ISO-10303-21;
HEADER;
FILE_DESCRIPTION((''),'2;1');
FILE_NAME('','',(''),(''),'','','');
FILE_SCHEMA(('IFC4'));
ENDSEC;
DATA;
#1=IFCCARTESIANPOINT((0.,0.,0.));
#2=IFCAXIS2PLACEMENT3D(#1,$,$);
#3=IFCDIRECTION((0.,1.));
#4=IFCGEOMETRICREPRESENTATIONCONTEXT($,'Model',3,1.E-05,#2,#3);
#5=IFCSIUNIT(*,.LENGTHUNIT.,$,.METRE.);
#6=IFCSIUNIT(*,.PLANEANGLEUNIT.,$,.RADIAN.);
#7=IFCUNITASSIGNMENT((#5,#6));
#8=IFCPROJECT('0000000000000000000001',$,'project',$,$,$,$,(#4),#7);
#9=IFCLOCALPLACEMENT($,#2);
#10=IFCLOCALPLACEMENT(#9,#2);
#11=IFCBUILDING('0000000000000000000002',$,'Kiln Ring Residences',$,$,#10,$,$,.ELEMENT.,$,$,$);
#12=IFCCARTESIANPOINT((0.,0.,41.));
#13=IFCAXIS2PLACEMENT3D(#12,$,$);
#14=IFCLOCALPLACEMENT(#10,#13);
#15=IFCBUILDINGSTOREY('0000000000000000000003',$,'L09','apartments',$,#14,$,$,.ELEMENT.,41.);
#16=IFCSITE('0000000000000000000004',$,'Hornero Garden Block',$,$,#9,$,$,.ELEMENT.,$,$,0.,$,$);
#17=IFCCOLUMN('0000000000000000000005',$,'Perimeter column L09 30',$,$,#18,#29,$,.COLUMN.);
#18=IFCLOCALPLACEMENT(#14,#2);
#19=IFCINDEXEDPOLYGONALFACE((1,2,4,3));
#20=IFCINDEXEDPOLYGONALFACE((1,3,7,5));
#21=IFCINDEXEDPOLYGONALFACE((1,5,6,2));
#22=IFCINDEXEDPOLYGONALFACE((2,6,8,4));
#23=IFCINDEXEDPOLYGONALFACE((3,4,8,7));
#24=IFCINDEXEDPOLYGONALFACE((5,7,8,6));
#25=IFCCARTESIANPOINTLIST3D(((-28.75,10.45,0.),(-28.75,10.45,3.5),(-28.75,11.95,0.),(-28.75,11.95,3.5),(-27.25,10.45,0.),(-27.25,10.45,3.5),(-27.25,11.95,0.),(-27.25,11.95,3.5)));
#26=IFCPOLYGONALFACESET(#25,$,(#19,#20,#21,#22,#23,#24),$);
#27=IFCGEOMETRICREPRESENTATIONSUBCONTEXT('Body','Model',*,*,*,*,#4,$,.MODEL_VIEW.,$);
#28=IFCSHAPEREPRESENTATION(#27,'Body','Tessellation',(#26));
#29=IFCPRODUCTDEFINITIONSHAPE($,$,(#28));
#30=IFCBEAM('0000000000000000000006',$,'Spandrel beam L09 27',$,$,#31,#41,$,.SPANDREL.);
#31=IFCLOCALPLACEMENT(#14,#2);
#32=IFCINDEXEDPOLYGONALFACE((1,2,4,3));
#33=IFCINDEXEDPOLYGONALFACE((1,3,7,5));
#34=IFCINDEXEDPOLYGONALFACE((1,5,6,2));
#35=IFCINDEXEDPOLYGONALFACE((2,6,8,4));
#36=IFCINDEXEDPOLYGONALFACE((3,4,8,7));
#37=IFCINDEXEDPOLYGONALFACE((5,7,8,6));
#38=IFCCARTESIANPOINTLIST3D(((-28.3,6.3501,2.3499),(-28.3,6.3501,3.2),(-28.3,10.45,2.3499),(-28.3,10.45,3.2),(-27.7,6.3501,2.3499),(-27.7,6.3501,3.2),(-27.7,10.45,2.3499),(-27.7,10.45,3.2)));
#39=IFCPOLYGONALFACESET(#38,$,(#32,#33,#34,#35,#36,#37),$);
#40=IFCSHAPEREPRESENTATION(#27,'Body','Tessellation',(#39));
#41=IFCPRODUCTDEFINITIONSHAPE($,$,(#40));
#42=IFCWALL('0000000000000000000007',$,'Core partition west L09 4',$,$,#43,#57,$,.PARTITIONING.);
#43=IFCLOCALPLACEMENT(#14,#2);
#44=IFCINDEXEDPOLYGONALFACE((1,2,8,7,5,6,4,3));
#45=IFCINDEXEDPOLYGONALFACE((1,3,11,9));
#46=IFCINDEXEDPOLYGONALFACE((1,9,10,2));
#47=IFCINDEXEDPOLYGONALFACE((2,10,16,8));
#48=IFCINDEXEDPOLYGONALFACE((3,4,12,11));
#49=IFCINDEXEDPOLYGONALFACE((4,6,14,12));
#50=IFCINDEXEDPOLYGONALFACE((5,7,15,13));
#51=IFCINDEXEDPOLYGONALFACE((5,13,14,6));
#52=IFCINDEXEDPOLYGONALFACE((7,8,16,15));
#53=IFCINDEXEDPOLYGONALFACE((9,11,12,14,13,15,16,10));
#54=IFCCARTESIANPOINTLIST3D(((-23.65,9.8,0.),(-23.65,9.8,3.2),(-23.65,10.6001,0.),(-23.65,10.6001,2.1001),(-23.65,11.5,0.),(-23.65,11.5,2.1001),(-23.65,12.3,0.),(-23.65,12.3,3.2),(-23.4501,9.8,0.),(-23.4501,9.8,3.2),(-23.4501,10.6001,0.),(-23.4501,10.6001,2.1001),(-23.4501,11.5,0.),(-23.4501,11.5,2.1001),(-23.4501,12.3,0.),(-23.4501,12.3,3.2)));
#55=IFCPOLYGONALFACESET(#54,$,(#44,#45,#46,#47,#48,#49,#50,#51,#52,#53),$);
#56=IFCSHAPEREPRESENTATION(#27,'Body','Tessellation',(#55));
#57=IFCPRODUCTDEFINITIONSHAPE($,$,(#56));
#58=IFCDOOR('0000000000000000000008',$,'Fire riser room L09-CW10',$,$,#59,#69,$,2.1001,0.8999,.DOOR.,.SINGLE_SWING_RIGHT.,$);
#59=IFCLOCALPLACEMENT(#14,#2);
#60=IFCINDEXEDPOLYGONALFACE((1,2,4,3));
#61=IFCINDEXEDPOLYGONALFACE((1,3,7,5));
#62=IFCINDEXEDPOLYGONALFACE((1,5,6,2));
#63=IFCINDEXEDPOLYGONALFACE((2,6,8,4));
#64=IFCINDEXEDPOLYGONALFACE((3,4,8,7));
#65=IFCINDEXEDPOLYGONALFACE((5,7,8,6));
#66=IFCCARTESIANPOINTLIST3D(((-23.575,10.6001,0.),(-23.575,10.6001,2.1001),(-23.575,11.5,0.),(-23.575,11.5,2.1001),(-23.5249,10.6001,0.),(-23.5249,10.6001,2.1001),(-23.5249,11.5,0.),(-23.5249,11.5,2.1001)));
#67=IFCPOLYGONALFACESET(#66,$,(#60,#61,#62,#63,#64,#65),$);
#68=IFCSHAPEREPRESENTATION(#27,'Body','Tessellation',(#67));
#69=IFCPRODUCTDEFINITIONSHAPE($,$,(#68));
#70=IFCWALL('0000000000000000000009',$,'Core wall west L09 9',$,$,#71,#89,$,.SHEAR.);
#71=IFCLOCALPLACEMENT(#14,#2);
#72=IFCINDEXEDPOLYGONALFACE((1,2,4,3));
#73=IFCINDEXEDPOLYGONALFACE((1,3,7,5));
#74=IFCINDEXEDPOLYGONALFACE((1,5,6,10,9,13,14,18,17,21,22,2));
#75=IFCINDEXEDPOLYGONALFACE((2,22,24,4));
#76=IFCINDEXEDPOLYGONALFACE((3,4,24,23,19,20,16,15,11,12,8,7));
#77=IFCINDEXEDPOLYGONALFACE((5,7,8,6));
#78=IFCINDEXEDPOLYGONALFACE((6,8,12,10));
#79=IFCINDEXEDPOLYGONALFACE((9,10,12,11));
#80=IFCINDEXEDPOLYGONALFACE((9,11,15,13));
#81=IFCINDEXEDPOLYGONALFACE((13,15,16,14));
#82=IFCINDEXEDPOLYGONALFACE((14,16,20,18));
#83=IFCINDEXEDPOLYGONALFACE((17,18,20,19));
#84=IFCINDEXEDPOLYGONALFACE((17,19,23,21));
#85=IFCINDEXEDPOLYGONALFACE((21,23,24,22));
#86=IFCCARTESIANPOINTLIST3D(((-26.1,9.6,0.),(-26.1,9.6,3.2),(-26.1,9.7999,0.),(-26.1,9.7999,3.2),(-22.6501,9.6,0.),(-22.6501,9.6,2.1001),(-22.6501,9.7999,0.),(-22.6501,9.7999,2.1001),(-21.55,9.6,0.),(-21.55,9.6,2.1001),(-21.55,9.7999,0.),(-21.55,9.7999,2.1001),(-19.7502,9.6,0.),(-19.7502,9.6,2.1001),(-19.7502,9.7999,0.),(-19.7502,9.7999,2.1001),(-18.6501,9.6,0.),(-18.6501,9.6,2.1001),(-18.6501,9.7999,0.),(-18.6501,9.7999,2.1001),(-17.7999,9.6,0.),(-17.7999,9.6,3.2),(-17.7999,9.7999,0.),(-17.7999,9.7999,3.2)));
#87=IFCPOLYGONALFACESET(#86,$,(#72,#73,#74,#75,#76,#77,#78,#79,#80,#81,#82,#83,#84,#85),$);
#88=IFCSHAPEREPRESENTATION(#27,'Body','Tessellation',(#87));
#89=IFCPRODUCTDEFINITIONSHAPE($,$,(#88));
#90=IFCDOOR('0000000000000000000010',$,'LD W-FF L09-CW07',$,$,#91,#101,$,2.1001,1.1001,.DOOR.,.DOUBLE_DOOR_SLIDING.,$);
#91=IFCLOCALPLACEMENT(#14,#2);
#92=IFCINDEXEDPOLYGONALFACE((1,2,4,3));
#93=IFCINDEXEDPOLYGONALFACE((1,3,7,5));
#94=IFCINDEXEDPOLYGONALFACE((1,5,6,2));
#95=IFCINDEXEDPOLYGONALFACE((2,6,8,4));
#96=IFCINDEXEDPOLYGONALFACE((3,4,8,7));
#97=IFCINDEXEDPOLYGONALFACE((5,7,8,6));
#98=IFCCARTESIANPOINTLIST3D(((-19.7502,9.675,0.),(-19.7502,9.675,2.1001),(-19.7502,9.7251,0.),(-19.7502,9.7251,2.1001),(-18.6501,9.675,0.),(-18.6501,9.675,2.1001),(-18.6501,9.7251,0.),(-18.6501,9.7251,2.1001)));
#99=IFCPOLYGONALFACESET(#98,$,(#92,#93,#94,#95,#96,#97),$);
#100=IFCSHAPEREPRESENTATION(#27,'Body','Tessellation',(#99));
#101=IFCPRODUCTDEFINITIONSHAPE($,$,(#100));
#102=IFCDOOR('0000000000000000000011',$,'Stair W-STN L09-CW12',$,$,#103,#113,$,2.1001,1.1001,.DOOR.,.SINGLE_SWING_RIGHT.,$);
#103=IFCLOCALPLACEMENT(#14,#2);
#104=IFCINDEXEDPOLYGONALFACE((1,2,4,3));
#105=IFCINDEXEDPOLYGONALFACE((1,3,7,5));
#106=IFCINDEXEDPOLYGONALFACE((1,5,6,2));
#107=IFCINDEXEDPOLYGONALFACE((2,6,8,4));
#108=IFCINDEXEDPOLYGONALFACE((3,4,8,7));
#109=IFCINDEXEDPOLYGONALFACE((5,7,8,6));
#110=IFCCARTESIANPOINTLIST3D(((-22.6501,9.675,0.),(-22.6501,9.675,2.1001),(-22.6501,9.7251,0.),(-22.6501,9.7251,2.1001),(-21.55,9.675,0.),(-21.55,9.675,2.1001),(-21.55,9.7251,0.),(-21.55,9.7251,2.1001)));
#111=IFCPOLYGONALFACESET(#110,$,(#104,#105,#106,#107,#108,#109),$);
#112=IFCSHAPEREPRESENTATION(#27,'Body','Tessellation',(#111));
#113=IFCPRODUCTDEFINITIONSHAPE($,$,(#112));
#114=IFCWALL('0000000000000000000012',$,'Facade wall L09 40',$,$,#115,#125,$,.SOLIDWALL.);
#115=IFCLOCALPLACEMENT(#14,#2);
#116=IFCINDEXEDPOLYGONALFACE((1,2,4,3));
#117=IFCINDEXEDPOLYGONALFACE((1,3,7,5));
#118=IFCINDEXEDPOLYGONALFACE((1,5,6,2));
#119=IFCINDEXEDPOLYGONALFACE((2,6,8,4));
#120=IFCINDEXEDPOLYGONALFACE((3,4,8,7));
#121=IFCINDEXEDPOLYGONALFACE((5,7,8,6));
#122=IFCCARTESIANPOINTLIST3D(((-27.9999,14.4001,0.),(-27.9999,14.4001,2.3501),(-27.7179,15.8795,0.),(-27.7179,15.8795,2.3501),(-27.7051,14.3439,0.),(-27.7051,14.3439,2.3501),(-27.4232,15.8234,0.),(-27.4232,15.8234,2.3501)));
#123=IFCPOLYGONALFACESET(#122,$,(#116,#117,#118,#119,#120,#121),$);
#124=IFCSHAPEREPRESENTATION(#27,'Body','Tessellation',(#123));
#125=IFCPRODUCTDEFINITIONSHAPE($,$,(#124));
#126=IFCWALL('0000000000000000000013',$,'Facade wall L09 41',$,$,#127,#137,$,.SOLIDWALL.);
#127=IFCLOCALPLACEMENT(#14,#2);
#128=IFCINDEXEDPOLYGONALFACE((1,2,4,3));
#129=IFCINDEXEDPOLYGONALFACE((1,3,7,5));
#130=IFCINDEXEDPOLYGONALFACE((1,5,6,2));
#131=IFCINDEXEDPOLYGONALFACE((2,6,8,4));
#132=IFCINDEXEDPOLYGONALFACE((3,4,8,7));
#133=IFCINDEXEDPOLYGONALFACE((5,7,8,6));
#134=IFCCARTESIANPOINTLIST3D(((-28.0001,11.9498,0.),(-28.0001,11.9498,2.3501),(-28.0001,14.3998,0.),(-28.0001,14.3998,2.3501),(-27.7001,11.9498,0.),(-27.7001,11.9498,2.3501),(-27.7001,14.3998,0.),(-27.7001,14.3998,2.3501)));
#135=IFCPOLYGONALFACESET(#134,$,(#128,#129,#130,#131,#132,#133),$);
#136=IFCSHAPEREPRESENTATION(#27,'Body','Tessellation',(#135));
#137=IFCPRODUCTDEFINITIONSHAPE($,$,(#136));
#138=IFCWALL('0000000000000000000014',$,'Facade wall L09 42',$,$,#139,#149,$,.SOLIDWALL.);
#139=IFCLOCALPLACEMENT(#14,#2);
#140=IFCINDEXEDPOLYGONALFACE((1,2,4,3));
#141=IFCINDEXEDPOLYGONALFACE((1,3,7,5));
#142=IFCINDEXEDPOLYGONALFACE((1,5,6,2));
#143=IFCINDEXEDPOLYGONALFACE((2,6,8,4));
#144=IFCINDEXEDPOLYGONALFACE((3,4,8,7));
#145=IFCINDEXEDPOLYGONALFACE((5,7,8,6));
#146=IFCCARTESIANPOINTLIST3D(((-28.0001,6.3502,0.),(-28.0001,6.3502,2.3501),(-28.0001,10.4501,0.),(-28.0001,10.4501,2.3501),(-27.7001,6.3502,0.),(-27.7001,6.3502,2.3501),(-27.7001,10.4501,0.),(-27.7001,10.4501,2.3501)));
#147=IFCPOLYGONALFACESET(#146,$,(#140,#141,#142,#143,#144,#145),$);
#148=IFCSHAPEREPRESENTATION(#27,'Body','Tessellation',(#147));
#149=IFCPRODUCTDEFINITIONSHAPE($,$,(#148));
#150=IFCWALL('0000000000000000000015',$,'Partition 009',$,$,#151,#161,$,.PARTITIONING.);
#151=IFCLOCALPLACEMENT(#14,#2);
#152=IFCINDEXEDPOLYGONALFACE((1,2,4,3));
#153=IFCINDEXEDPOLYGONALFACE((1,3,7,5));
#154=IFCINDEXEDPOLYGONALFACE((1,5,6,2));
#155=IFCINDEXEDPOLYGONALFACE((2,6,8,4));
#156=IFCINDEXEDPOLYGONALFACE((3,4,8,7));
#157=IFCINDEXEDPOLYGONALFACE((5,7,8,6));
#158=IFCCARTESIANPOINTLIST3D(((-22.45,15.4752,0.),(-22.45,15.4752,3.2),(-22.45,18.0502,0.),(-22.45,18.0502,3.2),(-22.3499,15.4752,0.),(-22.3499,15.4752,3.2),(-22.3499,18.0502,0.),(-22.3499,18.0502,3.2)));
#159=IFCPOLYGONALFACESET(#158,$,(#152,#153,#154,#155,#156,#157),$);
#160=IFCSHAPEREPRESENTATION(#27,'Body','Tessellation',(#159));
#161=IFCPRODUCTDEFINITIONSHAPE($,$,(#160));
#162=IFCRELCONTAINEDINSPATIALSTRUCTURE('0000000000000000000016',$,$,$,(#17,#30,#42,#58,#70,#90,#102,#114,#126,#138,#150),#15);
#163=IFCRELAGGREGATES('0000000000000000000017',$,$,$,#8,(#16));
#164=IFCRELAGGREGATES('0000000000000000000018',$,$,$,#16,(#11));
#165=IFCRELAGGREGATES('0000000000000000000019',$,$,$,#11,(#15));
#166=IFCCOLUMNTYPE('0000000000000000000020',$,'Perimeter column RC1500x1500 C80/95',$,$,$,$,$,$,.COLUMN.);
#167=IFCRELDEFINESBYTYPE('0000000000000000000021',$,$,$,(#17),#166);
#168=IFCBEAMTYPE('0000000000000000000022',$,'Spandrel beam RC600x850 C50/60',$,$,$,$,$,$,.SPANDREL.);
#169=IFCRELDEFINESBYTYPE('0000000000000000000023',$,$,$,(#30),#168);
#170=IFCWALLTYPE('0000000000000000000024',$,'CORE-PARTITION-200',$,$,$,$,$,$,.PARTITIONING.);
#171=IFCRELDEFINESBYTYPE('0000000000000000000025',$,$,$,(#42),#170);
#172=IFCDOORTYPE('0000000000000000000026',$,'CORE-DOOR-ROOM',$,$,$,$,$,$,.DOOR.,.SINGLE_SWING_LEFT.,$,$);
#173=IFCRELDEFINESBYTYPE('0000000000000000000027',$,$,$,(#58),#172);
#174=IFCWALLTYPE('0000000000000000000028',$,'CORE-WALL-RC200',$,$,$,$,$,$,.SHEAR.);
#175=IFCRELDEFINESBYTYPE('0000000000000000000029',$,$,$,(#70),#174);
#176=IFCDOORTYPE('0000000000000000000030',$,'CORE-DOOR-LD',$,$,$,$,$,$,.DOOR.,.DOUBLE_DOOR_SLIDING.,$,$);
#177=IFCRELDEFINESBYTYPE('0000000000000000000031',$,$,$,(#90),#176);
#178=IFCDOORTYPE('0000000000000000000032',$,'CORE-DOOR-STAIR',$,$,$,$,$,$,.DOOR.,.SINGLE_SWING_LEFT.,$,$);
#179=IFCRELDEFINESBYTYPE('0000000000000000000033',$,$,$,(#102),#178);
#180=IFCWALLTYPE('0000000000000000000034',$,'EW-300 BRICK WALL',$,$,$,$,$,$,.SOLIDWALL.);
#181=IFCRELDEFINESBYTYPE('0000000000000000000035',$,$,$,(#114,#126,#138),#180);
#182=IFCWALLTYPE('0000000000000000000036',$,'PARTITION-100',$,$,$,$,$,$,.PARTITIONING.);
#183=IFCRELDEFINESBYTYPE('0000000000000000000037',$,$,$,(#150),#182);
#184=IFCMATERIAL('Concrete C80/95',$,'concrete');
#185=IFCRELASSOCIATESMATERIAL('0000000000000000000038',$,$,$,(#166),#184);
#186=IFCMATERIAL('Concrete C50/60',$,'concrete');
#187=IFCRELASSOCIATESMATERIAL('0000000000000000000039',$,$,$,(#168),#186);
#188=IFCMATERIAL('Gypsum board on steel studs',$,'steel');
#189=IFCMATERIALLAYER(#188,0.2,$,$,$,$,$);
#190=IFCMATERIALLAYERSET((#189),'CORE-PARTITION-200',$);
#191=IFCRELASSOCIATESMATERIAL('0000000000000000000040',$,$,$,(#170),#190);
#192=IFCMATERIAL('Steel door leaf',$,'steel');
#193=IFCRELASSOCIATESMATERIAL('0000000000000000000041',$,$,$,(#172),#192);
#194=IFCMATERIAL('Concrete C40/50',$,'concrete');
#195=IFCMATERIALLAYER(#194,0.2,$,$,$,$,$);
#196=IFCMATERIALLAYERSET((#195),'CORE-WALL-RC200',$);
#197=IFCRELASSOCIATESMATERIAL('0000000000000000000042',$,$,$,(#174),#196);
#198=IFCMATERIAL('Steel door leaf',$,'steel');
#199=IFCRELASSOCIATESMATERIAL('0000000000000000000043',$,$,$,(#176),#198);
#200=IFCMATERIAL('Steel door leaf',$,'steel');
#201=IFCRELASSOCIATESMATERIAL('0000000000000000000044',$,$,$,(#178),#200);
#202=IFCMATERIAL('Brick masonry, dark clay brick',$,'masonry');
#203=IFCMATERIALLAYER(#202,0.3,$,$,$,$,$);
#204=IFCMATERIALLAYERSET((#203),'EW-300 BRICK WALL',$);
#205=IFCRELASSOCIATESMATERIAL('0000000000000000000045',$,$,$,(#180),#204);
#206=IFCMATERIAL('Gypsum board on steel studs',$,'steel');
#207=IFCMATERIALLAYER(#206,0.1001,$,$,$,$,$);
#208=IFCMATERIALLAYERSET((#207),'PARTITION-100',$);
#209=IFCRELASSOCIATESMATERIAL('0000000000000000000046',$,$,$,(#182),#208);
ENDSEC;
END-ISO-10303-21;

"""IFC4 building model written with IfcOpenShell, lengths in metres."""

from ifc_helpers import new_model, si_unit, direction, frame, frame_2d, origin, origin_2d, place, context, subcontext, project, spatial, rectangle, extrude, material, layer, layer_set, material_profile, profile_set, type_object, element, fill, save


model = new_model("IFC4")

# Units and contexts
model_context = context("Model", 3, precision=1e-05, world=origin(), true_north=direction((0.0, 1.0)))
body_context = subcontext(model_context, "Body", "Model", "MODEL_VIEW")
ifc_project = project(units=[si_unit("LENGTHUNIT", "METRE"), si_unit("PLANEANGLEUNIT", "RADIAN")], contexts=[model_context])

# Site, building, storey
site_placement = place(None, origin())
site = spatial("IfcSite", under=ifc_project, at=site_placement, Name="Hornero Garden Block", CompositionType="ELEMENT", RefElevation=0.0)
building_placement = place(site_placement, origin())
building = spatial("IfcBuilding", under=site, at=building_placement, Name="Kiln Ring Residences", CompositionType="ELEMENT")
storey_placement = place(building_placement, frame((0.0, 0.0, 41.0)))
storey = spatial("IfcBuildingStorey", under=building, at=storey_placement, Name="L09", Description="apartments", CompositionType="ELEMENT", Elevation=41.0)

# Column
ifc_material_1 = material(Name="Concrete C80/95", Category="concrete")
ifc_material_profile_1 = material_profile(ifc_material_1, rectangle(XDim=1.5, YDim=1.5, at=origin_2d()), Name="RC1500x1500")
ifc_profile_set_1 = profile_set([ifc_material_profile_1], Name="Concrete C80/95")
column_type = type_object("IfcColumnType", Name="Perimeter column RC1500x1500 C80/95", PredefinedType="COLUMN", material=ifc_profile_set_1)
column_placement = place(storey_placement, frame((-28.0, 11.2, 0.0), z_axis=(0.0, 0.0, 1.0), x_axis=(1.0, 0.0, 0.0)))
element("IfcColumn", 1, at=column_placement, inside=storey, type_object=column_type, Name="Perimeter column L09 30", PredefinedType="COLUMN", context=body_context, shape_type="SweptSolid", body=[
    extrude(rectangle(XDim=1.5, YDim=1.5, at=origin_2d()), origin(), (0.0, 0.0, 1.0), 3.5),
])

# Beam
ifc_material_2 = material(Name="Concrete C50/60", Category="concrete")
ifc_material_profile_2 = material_profile(ifc_material_2, rectangle(XDim=0.6001, YDim=0.8501, at=origin_2d()), Name="RC600x850")
ifc_profile_set_2 = profile_set([ifc_material_profile_2], Name="Concrete C50/60")
beam_type = type_object("IfcBeamType", Name="Spandrel beam RC600x850 C50/60", PredefinedType="SPANDREL", material=ifc_profile_set_2)
beam_placement = place(storey_placement, frame((-28.0, 10.45, 2.7749), z_axis=(0.0, -1.0, 0.0), x_axis=(1.0, 0.0, 0.0)))
element("IfcBeam", 2, at=beam_placement, inside=storey, type_object=beam_type, Name="Spandrel beam L09 27", PredefinedType="SPANDREL", context=body_context, shape_type="SweptSolid", body=[
    extrude(rectangle(XDim=0.6001, YDim=0.8501, at=origin_2d()), origin(), (0.0, 0.0, 1.0), 4.0999),
])

# Wall, opening, door
ifc_material_3 = material(Name="Gypsum board on steel studs", Category="steel")
ifc_layer_1 = layer(ifc_material_3, 0.2)
ifc_layer_set_1 = layer_set([ifc_layer_1], Name="CORE-PARTITION-200")
wall_type_1 = type_object("IfcWallType", Name="CORE-PARTITION-200", PredefinedType="PARTITIONING", material=ifc_layer_set_1)
wall_1_placement = place(storey_placement, frame((-23.55, 9.8, 0.0), z_axis=(0.0, 0.0, 1.0), x_axis=(0.0, 1.0, 0.0)))
wall_1 = element("IfcWall", 3, at=wall_1_placement, inside=storey, type_object=wall_type_1, Name="Core partition west L09 4", PredefinedType="PARTITIONING", context=body_context, shape_type="SweptSolid", body=[
    extrude(rectangle(XDim=2.5, YDim=0.2, at=frame_2d((1.25, 0.0))), origin(), (0.0, 0.0, 1.0), 3.2),
])
opening_1_placement = place(wall_1_placement, frame((0.8, 0.0, 0.0)))
opening_1 = element("IfcOpeningElement", 4, at=opening_1_placement, cuts=wall_1, PredefinedType="OPENING", context=body_context, shape_type="SweptSolid", body=[
    extrude(rectangle(XDim=0.8999, YDim=2.1001, at=frame_2d((0.45, 1.05))), frame((0.0, 0.1099, 0.0), z_axis=(0.0, -1.0, 0.0), x_axis=(1.0, 0.0, 0.0)), (0.0, 0.0, 1.0), 0.22),
])
ifc_material_4 = material(Name="Steel door leaf", Category="steel")
door_type_1 = type_object("IfcDoorType", Name="CORE-DOOR-ROOM", OperationType="SINGLE_SWING_LEFT", PredefinedType="DOOR", material=ifc_material_4)
door_1_placement = place(opening_1_placement, origin())
door_1 = element("IfcDoor", 5, at=door_1_placement, inside=storey, type_object=door_type_1, Name="Fire riser room L09-CW10", OperationType="SINGLE_SWING_RIGHT", OverallHeight=2.1001, OverallWidth=0.8999, PredefinedType="DOOR", context=body_context, shape_type="SweptSolid", body=[
    extrude(rectangle(XDim=0.8999, YDim=2.1001, at=frame_2d((0.45, 1.05))), frame((0.0, 0.0249, 0.0), z_axis=(0.0, -1.0, 0.0), x_axis=(1.0, 0.0, 0.0)), (0.0, 0.0, 1.0), 0.05),
])
fill(opening_1, door_1)

# Wall, openings, doors
ifc_material_5 = material(Name="Concrete C40/50", Category="concrete")
ifc_layer_2 = layer(ifc_material_5, 0.2)
ifc_layer_set_2 = layer_set([ifc_layer_2], Name="CORE-WALL-RC200")
wall_type_2 = type_object("IfcWallType", Name="CORE-WALL-RC200", PredefinedType="SHEAR", material=ifc_layer_set_2)
wall_2_placement = place(storey_placement, frame((-17.8, 9.7, 0.0), z_axis=(0.0, 0.0, 1.0), x_axis=(-1.0, 0.0, 0.0)))
wall_2 = element("IfcWall", 6, at=wall_2_placement, inside=storey, type_object=wall_type_2, Name="Core wall west L09 9", PredefinedType="SHEAR", context=body_context, shape_type="SweptSolid", body=[
    extrude(rectangle(XDim=8.3, YDim=0.2, at=frame_2d((4.1499, 0.0))), origin(), (0.0, 0.0, 1.0), 3.2),
])
opening_2_placement = place(wall_2_placement, frame((0.8501, 0.0, 0.0)))
opening_2 = element("IfcOpeningElement", 7, at=opening_2_placement, cuts=wall_2, PredefinedType="OPENING", context=body_context, shape_type="SweptSolid", body=[
    extrude(rectangle(XDim=1.1001, YDim=2.1001, at=frame_2d((0.55, 1.05))), frame((0.0, 0.1099, 0.0), z_axis=(0.0, -1.0, 0.0), x_axis=(1.0, 0.0, 0.0)), (0.0, 0.0, 1.0), 0.22),
])
opening_3_placement = place(wall_2_placement, frame((3.75, 0.0, 0.0)))
opening_3 = element("IfcOpeningElement", 8, at=opening_3_placement, cuts=wall_2, PredefinedType="OPENING", context=body_context, shape_type="SweptSolid", body=[
    extrude(rectangle(XDim=1.1001, YDim=2.1001, at=frame_2d((0.55, 1.05))), frame((0.0, 0.1099, 0.0), z_axis=(0.0, -1.0, 0.0), x_axis=(1.0, 0.0, 0.0)), (0.0, 0.0, 1.0), 0.22),
])
ifc_material_6 = material(Name="Steel door leaf", Category="steel")
door_type_2 = type_object("IfcDoorType", Name="CORE-DOOR-LD", OperationType="DOUBLE_DOOR_SLIDING", PredefinedType="DOOR", material=ifc_material_6)
door_2_placement = place(opening_2_placement, origin())
door_2 = element("IfcDoor", 9, at=door_2_placement, inside=storey, type_object=door_type_2, Name="LD W-FF L09-CW07", OperationType="DOUBLE_DOOR_SLIDING", OverallHeight=2.1001, OverallWidth=1.1001, PredefinedType="DOOR", context=body_context, shape_type="SweptSolid", body=[
    extrude(rectangle(XDim=1.1001, YDim=2.1001, at=frame_2d((0.55, 1.05))), frame((0.0, 0.0249, 0.0), z_axis=(0.0, -1.0, 0.0), x_axis=(1.0, 0.0, 0.0)), (0.0, 0.0, 1.0), 0.05),
])
fill(opening_2, door_2)
ifc_material_7 = material(Name="Steel door leaf", Category="steel")
door_type_3 = type_object("IfcDoorType", Name="CORE-DOOR-STAIR", OperationType="SINGLE_SWING_LEFT", PredefinedType="DOOR", material=ifc_material_7)
door_3_placement = place(opening_3_placement, origin())
door_3 = element("IfcDoor", 10, at=door_3_placement, inside=storey, type_object=door_type_3, Name="Stair W-STN L09-CW12", OperationType="SINGLE_SWING_RIGHT", OverallHeight=2.1001, OverallWidth=1.1001, PredefinedType="DOOR", context=body_context, shape_type="SweptSolid", body=[
    extrude(rectangle(XDim=1.1001, YDim=2.1001, at=frame_2d((0.55, 1.05))), frame((0.0, 0.0249, 0.0), z_axis=(0.0, -1.0, 0.0), x_axis=(1.0, 0.0, 0.0)), (0.0, 0.0, 1.0), 0.05),
])
fill(opening_3, door_3)

# Walls
ifc_material_8 = material(Name="Brick masonry, dark clay brick", Category="masonry")
ifc_layer_3 = layer(ifc_material_8, 0.3)
ifc_layer_set_3 = layer_set([ifc_layer_3], Name="EW-300 BRICK WALL")
wall_type_3 = type_object("IfcWallType", Name="EW-300 BRICK WALL", PredefinedType="SOLIDWALL", material=ifc_layer_set_3)
wall_3_placement = place(storey_placement, frame((-27.5706, 15.8513, 0.0), z_axis=(0.0, 0.0, 1.0), x_axis=(-0.187224, -0.982317, 0.0)))
element("IfcWall", 11, at=wall_3_placement, inside=storey, type_object=wall_type_3, Name="Facade wall L09 40", PredefinedType="SOLIDWALL", context=body_context, shape_type="SweptSolid", body=[
    extrude(rectangle(XDim=1.5061, YDim=0.3, at=frame_2d((0.7529, 0.0))), origin(), (0.0, 0.0, 1.0), 2.3501),
])
wall_4_placement = place(storey_placement, frame((-27.8501, 14.3999, 0.0), z_axis=(0.0, 0.0, 1.0), x_axis=(0.0, -1.0, 0.0)))
element("IfcWall", 12, at=wall_4_placement, inside=storey, type_object=wall_type_3, Name="Facade wall L09 41", PredefinedType="SOLIDWALL", context=body_context, shape_type="SweptSolid", body=[
    extrude(rectangle(XDim=2.45, YDim=0.3, at=frame_2d((1.2251, 0.0))), origin(), (0.0, 0.0, 1.0), 2.3501),
])
wall_5_placement = place(storey_placement, frame((-27.8501, 10.45, 0.0), z_axis=(0.0, 0.0, 1.0), x_axis=(0.0, -1.0, 0.0)))
element("IfcWall", 13, at=wall_5_placement, inside=storey, type_object=wall_type_3, Name="Facade wall L09 42", PredefinedType="SOLIDWALL", context=body_context, shape_type="SweptSolid", body=[
    extrude(rectangle(XDim=4.0999, YDim=0.3, at=frame_2d((2.0498, 0.0))), origin(), (0.0, 0.0, 1.0), 2.3501),
])
ifc_material_9 = material(Name="Gypsum board on steel studs", Category="steel")
ifc_layer_4 = layer(ifc_material_9, 0.1001)
ifc_layer_set_4 = layer_set([ifc_layer_4], Name="PARTITION-100")
wall_type_4 = type_object("IfcWallType", Name="PARTITION-100", PredefinedType="PARTITIONING", material=ifc_layer_set_4)
wall_6_placement = place(storey_placement, frame((-22.3999, 15.4751, 0.0), z_axis=(0.0, 0.0, 1.0), x_axis=(0.0, 1.0, 0.0)))
element("IfcWall", 14, at=wall_6_placement, inside=storey, type_object=wall_type_4, Name="Partition 009", PredefinedType="PARTITIONING", context=body_context, shape_type="SweptSolid", body=[
    extrude(rectangle(XDim=2.575, YDim=0.1001, at=frame_2d((1.2876, 0.0))), origin(), (0.0, 0.0, 1.0), 3.2),
])

save(model, "model.ifc")
